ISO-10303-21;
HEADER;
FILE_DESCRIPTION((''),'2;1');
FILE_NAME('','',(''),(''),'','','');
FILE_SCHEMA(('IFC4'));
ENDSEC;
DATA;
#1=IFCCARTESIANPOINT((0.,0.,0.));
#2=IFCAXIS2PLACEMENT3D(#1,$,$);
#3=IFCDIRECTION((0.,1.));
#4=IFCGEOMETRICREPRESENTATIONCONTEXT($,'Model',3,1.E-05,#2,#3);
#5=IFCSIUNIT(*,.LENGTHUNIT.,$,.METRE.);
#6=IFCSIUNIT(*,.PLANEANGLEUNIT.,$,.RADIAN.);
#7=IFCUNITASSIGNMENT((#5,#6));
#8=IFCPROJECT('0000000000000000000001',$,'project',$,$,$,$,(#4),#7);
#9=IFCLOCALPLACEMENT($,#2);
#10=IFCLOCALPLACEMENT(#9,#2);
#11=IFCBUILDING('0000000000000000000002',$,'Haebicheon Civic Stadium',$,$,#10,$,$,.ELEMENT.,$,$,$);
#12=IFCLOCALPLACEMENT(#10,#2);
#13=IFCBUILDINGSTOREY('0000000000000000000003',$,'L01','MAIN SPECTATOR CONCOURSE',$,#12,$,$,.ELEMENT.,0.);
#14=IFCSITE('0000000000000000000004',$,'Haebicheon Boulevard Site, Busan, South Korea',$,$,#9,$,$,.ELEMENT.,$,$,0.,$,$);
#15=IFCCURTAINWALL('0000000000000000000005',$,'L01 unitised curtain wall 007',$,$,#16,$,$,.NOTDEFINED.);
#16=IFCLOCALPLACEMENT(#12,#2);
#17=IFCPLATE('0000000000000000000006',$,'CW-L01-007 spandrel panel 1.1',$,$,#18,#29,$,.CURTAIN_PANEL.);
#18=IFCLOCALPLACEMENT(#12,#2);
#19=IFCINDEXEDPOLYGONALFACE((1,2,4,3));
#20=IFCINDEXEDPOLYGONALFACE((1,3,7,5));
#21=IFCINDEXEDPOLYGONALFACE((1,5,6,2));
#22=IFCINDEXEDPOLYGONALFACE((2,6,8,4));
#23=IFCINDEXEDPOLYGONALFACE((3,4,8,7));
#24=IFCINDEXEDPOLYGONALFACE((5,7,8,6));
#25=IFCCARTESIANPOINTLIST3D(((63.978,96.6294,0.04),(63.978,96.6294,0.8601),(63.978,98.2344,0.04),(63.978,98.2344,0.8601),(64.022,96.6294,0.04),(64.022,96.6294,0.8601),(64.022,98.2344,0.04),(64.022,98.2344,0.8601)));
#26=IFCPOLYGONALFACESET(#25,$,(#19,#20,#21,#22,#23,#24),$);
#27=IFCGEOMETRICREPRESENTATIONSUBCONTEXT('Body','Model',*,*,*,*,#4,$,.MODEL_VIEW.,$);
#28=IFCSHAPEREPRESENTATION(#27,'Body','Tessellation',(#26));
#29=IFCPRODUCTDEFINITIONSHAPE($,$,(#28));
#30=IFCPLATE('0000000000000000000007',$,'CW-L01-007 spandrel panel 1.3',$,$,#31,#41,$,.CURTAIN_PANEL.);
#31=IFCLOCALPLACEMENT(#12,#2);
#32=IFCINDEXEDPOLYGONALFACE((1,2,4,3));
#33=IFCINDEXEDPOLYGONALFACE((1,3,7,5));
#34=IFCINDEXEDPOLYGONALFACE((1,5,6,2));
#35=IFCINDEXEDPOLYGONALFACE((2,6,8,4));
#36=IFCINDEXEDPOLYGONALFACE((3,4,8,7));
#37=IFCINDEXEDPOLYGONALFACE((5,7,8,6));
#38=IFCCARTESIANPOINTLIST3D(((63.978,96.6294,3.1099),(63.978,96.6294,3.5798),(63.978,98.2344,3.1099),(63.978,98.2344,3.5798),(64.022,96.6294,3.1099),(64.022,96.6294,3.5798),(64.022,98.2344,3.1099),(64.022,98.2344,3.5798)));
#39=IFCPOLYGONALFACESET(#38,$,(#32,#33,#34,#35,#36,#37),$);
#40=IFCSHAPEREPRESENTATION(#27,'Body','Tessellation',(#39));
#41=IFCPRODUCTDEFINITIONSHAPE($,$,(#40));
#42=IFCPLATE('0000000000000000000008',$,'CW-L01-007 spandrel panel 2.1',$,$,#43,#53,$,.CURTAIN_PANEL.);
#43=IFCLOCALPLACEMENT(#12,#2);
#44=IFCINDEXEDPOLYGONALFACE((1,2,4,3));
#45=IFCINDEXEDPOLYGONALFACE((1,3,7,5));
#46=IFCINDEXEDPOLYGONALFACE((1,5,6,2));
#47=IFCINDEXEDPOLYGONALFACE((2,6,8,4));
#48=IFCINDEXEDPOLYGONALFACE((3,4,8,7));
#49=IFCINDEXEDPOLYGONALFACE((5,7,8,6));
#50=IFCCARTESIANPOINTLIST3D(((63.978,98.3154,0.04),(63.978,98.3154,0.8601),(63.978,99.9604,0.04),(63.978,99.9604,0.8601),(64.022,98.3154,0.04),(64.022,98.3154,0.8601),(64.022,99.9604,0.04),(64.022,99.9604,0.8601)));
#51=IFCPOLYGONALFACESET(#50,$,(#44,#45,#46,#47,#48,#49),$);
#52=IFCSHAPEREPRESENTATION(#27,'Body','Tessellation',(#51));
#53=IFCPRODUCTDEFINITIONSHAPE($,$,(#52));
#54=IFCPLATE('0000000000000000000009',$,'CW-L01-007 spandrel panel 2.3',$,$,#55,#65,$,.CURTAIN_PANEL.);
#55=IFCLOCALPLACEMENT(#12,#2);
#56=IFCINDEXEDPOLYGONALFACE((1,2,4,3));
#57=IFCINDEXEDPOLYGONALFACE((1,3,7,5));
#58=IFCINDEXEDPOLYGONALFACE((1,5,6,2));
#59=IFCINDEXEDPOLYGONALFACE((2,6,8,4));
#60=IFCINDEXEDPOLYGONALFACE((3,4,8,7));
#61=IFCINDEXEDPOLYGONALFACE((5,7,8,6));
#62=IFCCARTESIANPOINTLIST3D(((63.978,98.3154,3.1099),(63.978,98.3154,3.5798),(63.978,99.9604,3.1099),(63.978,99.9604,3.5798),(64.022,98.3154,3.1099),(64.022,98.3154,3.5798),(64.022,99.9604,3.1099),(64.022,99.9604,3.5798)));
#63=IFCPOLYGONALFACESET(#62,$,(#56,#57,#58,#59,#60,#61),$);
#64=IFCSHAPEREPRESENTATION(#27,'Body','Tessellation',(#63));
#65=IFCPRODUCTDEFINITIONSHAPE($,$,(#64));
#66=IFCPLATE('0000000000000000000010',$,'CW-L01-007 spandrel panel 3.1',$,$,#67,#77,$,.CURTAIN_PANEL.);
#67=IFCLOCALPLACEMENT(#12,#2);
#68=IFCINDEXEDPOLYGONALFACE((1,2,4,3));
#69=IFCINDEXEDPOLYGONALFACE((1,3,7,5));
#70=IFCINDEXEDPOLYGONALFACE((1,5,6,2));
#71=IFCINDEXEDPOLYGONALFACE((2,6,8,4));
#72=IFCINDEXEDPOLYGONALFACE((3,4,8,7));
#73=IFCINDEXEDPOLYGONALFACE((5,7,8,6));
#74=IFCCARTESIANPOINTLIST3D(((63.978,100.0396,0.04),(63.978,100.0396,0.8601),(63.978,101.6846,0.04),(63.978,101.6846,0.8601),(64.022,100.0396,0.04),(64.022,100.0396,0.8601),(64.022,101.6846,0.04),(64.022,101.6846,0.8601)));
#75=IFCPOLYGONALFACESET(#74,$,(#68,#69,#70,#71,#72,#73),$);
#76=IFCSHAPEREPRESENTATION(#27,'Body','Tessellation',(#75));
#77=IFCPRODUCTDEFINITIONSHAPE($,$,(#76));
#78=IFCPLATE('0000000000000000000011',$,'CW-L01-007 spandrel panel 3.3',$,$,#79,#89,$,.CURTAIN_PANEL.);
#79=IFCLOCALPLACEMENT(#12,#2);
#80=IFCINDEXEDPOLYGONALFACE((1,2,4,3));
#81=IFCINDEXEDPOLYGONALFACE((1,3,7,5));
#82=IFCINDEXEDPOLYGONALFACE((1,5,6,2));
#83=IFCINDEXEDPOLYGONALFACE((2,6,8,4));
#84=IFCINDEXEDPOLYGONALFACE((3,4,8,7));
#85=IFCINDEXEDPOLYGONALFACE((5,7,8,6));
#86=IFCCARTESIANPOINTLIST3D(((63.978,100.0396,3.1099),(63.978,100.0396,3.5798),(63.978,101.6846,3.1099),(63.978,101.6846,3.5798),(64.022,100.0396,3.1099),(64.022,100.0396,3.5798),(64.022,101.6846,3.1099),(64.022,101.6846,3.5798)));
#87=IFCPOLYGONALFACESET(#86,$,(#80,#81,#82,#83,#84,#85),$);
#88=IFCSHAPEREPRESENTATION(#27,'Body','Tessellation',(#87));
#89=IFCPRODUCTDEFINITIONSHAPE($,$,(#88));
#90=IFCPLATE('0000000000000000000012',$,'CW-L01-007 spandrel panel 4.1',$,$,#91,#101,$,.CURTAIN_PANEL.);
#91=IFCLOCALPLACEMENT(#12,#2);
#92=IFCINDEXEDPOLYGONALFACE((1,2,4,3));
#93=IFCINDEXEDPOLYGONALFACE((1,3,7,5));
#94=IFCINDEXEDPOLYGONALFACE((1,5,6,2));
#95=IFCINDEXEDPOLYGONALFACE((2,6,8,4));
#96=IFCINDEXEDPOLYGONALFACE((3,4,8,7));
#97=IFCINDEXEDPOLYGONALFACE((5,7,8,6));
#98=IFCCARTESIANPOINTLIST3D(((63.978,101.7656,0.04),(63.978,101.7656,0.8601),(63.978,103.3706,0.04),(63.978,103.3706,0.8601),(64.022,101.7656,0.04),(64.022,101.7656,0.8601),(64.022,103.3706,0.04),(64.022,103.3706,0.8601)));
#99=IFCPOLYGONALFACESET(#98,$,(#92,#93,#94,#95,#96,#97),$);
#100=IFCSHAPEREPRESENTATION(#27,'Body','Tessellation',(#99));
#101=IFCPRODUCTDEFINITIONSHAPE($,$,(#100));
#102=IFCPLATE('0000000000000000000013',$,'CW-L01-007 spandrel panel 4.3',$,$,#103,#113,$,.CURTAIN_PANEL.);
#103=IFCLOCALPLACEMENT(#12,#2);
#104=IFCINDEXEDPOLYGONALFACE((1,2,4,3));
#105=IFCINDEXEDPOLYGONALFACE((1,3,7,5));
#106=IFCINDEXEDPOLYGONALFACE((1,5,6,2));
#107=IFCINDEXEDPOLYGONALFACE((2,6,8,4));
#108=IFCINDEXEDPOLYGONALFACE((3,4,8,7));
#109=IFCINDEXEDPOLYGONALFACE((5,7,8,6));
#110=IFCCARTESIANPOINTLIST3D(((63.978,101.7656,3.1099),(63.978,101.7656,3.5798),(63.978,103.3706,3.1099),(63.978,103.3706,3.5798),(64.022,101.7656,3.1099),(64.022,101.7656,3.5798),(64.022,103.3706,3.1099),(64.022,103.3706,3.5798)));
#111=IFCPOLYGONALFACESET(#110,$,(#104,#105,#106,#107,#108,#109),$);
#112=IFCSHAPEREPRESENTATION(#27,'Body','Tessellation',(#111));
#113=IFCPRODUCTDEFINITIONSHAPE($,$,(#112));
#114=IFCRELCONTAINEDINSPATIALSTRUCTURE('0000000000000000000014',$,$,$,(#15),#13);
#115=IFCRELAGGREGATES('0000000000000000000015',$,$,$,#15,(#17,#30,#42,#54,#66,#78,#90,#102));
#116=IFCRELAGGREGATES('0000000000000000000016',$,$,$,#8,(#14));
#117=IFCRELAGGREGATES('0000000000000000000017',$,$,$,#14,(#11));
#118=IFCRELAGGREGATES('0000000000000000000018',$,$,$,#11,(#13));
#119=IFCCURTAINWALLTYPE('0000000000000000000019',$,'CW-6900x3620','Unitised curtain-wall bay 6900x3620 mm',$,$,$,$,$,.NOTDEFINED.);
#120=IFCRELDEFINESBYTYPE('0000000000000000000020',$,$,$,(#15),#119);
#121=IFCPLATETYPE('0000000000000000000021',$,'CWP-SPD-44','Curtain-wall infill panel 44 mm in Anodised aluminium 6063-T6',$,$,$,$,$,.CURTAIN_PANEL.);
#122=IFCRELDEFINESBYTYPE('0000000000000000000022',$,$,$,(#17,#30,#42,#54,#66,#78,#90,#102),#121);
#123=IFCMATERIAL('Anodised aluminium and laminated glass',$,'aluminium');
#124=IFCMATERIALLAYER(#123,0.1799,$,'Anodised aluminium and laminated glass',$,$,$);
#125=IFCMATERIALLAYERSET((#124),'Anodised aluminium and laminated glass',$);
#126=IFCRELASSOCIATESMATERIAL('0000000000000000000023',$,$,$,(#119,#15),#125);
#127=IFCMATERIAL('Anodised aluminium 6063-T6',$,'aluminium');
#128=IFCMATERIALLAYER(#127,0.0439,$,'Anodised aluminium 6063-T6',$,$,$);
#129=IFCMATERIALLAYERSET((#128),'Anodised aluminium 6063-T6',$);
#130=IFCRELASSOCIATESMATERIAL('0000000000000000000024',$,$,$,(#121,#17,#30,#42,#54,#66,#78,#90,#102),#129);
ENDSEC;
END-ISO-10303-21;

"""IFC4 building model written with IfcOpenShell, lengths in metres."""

from ifc_helpers import new_model, si_unit, direction, frame, origin, origin_2d, place, context, subcontext, project, spatial, rectangle, extrude, material, layer, layer_set, type_object, element, aggregate, save


model = new_model("IFC4")

# Units and contexts
model_context = context("Model", 3, precision=1e-05, world=origin(), true_north=direction((0.0, 1.0)))
body_context = subcontext(model_context, "Body", "Model", "MODEL_VIEW")
ifc_project = project(units=[si_unit("LENGTHUNIT", "METRE"), si_unit("PLANEANGLEUNIT", "RADIAN")], contexts=[model_context])

# Site, building, storey
site_placement = place(None, origin())
site = spatial("IfcSite", under=ifc_project, at=site_placement, Name="Haebicheon Boulevard Site, Busan, South Korea", CompositionType="ELEMENT", RefElevation=0.0)
building_placement = place(site_placement, origin())
building = spatial("IfcBuilding", under=site, at=building_placement, Name="Haebicheon Civic Stadium", CompositionType="ELEMENT")
storey_placement = place(building_placement, origin())
storey = spatial("IfcBuildingStorey", under=building, at=storey_placement, Name="L01", Description="MAIN SPECTATOR CONCOURSE", CompositionType="ELEMENT", Elevation=0.0)

# Curtain wall, plates
ifc_material_1 = material(Name="Anodised aluminium and laminated glass", Category="aluminium")
ifc_layer_1 = layer(ifc_material_1, 0.1799, Name="Anodised aluminium and laminated glass")
ifc_layer_set_1 = layer_set([ifc_layer_1], Name="Anodised aluminium and laminated glass")
curtain_wall_type = type_object("IfcCurtainWallType", Name="CW-6900x3620", Description="Unitised curtain-wall bay 6900x3620 mm", PredefinedType="NOTDEFINED", material=ifc_layer_set_1)
curtain_wall_placement = place(storey_placement, origin())
curtain_wall = element("IfcCurtainWall", 1, at=curtain_wall_placement, inside=storey, type_object=curtain_wall_type, material=ifc_layer_set_1, Name="L01 unitised curtain wall 007", PredefinedType="NOTDEFINED")
ifc_material_2 = material(Name="Anodised aluminium 6063-T6", Category="aluminium")
ifc_layer_2 = layer(ifc_material_2, 0.0439, Name="Anodised aluminium 6063-T6")
ifc_layer_set_2 = layer_set([ifc_layer_2], Name="Anodised aluminium 6063-T6")
plate_type_1 = type_object("IfcPlateType", Name="CWP-SPD-44", Description="Curtain-wall infill panel 44 mm in Anodised aluminium 6063-T6", PredefinedType="CURTAIN_PANEL", material=ifc_layer_set_2)
plate_1_placement = place(storey_placement, frame((64.0, 97.4319, 0.04), z_axis=(0.0, 0.0, 1.0), x_axis=(0.0, 1.0, 0.0)))
plate_1 = element("IfcPlate", 2, at=plate_1_placement, type_object=plate_type_1, material=ifc_layer_set_2, Name="CW-L01-007 spandrel panel 1.1", PredefinedType="CURTAIN_PANEL", context=body_context, shape_type="SweptSolid", body=[
    extrude(rectangle(XDim=1.605, YDim=0.0439, at=origin_2d()), origin(), (0.0, 0.0, 1.0), 0.8201),
])
plate_2_placement = place(storey_placement, frame((64.0, 97.4319, 3.1099), z_axis=(0.0, 0.0, 1.0), x_axis=(0.0, 1.0, 0.0)))
plate_2 = element("IfcPlate", 3, at=plate_2_placement, type_object=plate_type_1, material=ifc_layer_set_2, Name="CW-L01-007 spandrel panel 1.3", PredefinedType="CURTAIN_PANEL", context=body_context, shape_type="SweptSolid", body=[
    extrude(rectangle(XDim=1.605, YDim=0.0439, at=origin_2d()), origin(), (0.0, 0.0, 1.0), 0.47),
])
plate_3_placement = place(storey_placement, frame((64.0, 99.1379, 0.04), z_axis=(0.0, 0.0, 1.0), x_axis=(0.0, 1.0, 0.0)))
plate_3 = element("IfcPlate", 4, at=plate_3_placement, type_object=plate_type_1, material=ifc_layer_set_2, Name="CW-L01-007 spandrel panel 2.1", PredefinedType="CURTAIN_PANEL", context=body_context, shape_type="SweptSolid", body=[
    extrude(rectangle(XDim=1.645, YDim=0.0439, at=origin_2d()), origin(), (0.0, 0.0, 1.0), 0.8201),
])
plate_4_placement = place(storey_placement, frame((64.0, 99.1379, 3.1099), z_axis=(0.0, 0.0, 1.0), x_axis=(0.0, 1.0, 0.0)))
plate_4 = element("IfcPlate", 5, at=plate_4_placement, type_object=plate_type_1, material=ifc_layer_set_2, Name="CW-L01-007 spandrel panel 2.3", PredefinedType="CURTAIN_PANEL", context=body_context, shape_type="SweptSolid", body=[
    extrude(rectangle(XDim=1.645, YDim=0.0439, at=origin_2d()), origin(), (0.0, 0.0, 1.0), 0.47),
])
plate_5_placement = place(storey_placement, frame((64.0, 100.8621, 0.04), z_axis=(0.0, 0.0, 1.0), x_axis=(0.0, 1.0, 0.0)))
plate_5 = element("IfcPlate", 6, at=plate_5_placement, type_object=plate_type_1, material=ifc_layer_set_2, Name="CW-L01-007 spandrel panel 3.1", PredefinedType="CURTAIN_PANEL", context=body_context, shape_type="SweptSolid", body=[
    extrude(rectangle(XDim=1.645, YDim=0.0439, at=origin_2d()), origin(), (0.0, 0.0, 1.0), 0.8201),
])
plate_6_placement = place(storey_placement, frame((64.0, 100.8621, 3.1099), z_axis=(0.0, 0.0, 1.0), x_axis=(0.0, 1.0, 0.0)))
plate_6 = element("IfcPlate", 7, at=plate_6_placement, type_object=plate_type_1, material=ifc_layer_set_2, Name="CW-L01-007 spandrel panel 3.3", PredefinedType="CURTAIN_PANEL", context=body_context, shape_type="SweptSolid", body=[
    extrude(rectangle(XDim=1.645, YDim=0.0439, at=origin_2d()), origin(), (0.0, 0.0, 1.0), 0.47),
])
plate_7_placement = place(storey_placement, frame((64.0, 102.5681, 0.04), z_axis=(0.0, 0.0, 1.0), x_axis=(0.0, 1.0, 0.0)))
plate_7 = element("IfcPlate", 8, at=plate_7_placement, type_object=plate_type_1, material=ifc_layer_set_2, Name="CW-L01-007 spandrel panel 4.1", PredefinedType="CURTAIN_PANEL", context=body_context, shape_type="SweptSolid", body=[
    extrude(rectangle(XDim=1.605, YDim=0.0439, at=origin_2d()), origin(), (0.0, 0.0, 1.0), 0.8201),
])
plate_8_placement = place(storey_placement, frame((64.0, 102.5681, 3.1099), z_axis=(0.0, 0.0, 1.0), x_axis=(0.0, 1.0, 0.0)))
plate_8 = element("IfcPlate", 9, at=plate_8_placement, type_object=plate_type_1, material=ifc_layer_set_2, Name="CW-L01-007 spandrel panel 4.3", PredefinedType="CURTAIN_PANEL", context=body_context, shape_type="SweptSolid", body=[
    extrude(rectangle(XDim=1.605, YDim=0.0439, at=origin_2d()), origin(), (0.0, 0.0, 1.0), 0.47),
])
aggregate(curtain_wall, [plate_1, plate_2, plate_3, plate_4, plate_5, plate_6, plate_7, plate_8])

save(model, "model.ifc")
